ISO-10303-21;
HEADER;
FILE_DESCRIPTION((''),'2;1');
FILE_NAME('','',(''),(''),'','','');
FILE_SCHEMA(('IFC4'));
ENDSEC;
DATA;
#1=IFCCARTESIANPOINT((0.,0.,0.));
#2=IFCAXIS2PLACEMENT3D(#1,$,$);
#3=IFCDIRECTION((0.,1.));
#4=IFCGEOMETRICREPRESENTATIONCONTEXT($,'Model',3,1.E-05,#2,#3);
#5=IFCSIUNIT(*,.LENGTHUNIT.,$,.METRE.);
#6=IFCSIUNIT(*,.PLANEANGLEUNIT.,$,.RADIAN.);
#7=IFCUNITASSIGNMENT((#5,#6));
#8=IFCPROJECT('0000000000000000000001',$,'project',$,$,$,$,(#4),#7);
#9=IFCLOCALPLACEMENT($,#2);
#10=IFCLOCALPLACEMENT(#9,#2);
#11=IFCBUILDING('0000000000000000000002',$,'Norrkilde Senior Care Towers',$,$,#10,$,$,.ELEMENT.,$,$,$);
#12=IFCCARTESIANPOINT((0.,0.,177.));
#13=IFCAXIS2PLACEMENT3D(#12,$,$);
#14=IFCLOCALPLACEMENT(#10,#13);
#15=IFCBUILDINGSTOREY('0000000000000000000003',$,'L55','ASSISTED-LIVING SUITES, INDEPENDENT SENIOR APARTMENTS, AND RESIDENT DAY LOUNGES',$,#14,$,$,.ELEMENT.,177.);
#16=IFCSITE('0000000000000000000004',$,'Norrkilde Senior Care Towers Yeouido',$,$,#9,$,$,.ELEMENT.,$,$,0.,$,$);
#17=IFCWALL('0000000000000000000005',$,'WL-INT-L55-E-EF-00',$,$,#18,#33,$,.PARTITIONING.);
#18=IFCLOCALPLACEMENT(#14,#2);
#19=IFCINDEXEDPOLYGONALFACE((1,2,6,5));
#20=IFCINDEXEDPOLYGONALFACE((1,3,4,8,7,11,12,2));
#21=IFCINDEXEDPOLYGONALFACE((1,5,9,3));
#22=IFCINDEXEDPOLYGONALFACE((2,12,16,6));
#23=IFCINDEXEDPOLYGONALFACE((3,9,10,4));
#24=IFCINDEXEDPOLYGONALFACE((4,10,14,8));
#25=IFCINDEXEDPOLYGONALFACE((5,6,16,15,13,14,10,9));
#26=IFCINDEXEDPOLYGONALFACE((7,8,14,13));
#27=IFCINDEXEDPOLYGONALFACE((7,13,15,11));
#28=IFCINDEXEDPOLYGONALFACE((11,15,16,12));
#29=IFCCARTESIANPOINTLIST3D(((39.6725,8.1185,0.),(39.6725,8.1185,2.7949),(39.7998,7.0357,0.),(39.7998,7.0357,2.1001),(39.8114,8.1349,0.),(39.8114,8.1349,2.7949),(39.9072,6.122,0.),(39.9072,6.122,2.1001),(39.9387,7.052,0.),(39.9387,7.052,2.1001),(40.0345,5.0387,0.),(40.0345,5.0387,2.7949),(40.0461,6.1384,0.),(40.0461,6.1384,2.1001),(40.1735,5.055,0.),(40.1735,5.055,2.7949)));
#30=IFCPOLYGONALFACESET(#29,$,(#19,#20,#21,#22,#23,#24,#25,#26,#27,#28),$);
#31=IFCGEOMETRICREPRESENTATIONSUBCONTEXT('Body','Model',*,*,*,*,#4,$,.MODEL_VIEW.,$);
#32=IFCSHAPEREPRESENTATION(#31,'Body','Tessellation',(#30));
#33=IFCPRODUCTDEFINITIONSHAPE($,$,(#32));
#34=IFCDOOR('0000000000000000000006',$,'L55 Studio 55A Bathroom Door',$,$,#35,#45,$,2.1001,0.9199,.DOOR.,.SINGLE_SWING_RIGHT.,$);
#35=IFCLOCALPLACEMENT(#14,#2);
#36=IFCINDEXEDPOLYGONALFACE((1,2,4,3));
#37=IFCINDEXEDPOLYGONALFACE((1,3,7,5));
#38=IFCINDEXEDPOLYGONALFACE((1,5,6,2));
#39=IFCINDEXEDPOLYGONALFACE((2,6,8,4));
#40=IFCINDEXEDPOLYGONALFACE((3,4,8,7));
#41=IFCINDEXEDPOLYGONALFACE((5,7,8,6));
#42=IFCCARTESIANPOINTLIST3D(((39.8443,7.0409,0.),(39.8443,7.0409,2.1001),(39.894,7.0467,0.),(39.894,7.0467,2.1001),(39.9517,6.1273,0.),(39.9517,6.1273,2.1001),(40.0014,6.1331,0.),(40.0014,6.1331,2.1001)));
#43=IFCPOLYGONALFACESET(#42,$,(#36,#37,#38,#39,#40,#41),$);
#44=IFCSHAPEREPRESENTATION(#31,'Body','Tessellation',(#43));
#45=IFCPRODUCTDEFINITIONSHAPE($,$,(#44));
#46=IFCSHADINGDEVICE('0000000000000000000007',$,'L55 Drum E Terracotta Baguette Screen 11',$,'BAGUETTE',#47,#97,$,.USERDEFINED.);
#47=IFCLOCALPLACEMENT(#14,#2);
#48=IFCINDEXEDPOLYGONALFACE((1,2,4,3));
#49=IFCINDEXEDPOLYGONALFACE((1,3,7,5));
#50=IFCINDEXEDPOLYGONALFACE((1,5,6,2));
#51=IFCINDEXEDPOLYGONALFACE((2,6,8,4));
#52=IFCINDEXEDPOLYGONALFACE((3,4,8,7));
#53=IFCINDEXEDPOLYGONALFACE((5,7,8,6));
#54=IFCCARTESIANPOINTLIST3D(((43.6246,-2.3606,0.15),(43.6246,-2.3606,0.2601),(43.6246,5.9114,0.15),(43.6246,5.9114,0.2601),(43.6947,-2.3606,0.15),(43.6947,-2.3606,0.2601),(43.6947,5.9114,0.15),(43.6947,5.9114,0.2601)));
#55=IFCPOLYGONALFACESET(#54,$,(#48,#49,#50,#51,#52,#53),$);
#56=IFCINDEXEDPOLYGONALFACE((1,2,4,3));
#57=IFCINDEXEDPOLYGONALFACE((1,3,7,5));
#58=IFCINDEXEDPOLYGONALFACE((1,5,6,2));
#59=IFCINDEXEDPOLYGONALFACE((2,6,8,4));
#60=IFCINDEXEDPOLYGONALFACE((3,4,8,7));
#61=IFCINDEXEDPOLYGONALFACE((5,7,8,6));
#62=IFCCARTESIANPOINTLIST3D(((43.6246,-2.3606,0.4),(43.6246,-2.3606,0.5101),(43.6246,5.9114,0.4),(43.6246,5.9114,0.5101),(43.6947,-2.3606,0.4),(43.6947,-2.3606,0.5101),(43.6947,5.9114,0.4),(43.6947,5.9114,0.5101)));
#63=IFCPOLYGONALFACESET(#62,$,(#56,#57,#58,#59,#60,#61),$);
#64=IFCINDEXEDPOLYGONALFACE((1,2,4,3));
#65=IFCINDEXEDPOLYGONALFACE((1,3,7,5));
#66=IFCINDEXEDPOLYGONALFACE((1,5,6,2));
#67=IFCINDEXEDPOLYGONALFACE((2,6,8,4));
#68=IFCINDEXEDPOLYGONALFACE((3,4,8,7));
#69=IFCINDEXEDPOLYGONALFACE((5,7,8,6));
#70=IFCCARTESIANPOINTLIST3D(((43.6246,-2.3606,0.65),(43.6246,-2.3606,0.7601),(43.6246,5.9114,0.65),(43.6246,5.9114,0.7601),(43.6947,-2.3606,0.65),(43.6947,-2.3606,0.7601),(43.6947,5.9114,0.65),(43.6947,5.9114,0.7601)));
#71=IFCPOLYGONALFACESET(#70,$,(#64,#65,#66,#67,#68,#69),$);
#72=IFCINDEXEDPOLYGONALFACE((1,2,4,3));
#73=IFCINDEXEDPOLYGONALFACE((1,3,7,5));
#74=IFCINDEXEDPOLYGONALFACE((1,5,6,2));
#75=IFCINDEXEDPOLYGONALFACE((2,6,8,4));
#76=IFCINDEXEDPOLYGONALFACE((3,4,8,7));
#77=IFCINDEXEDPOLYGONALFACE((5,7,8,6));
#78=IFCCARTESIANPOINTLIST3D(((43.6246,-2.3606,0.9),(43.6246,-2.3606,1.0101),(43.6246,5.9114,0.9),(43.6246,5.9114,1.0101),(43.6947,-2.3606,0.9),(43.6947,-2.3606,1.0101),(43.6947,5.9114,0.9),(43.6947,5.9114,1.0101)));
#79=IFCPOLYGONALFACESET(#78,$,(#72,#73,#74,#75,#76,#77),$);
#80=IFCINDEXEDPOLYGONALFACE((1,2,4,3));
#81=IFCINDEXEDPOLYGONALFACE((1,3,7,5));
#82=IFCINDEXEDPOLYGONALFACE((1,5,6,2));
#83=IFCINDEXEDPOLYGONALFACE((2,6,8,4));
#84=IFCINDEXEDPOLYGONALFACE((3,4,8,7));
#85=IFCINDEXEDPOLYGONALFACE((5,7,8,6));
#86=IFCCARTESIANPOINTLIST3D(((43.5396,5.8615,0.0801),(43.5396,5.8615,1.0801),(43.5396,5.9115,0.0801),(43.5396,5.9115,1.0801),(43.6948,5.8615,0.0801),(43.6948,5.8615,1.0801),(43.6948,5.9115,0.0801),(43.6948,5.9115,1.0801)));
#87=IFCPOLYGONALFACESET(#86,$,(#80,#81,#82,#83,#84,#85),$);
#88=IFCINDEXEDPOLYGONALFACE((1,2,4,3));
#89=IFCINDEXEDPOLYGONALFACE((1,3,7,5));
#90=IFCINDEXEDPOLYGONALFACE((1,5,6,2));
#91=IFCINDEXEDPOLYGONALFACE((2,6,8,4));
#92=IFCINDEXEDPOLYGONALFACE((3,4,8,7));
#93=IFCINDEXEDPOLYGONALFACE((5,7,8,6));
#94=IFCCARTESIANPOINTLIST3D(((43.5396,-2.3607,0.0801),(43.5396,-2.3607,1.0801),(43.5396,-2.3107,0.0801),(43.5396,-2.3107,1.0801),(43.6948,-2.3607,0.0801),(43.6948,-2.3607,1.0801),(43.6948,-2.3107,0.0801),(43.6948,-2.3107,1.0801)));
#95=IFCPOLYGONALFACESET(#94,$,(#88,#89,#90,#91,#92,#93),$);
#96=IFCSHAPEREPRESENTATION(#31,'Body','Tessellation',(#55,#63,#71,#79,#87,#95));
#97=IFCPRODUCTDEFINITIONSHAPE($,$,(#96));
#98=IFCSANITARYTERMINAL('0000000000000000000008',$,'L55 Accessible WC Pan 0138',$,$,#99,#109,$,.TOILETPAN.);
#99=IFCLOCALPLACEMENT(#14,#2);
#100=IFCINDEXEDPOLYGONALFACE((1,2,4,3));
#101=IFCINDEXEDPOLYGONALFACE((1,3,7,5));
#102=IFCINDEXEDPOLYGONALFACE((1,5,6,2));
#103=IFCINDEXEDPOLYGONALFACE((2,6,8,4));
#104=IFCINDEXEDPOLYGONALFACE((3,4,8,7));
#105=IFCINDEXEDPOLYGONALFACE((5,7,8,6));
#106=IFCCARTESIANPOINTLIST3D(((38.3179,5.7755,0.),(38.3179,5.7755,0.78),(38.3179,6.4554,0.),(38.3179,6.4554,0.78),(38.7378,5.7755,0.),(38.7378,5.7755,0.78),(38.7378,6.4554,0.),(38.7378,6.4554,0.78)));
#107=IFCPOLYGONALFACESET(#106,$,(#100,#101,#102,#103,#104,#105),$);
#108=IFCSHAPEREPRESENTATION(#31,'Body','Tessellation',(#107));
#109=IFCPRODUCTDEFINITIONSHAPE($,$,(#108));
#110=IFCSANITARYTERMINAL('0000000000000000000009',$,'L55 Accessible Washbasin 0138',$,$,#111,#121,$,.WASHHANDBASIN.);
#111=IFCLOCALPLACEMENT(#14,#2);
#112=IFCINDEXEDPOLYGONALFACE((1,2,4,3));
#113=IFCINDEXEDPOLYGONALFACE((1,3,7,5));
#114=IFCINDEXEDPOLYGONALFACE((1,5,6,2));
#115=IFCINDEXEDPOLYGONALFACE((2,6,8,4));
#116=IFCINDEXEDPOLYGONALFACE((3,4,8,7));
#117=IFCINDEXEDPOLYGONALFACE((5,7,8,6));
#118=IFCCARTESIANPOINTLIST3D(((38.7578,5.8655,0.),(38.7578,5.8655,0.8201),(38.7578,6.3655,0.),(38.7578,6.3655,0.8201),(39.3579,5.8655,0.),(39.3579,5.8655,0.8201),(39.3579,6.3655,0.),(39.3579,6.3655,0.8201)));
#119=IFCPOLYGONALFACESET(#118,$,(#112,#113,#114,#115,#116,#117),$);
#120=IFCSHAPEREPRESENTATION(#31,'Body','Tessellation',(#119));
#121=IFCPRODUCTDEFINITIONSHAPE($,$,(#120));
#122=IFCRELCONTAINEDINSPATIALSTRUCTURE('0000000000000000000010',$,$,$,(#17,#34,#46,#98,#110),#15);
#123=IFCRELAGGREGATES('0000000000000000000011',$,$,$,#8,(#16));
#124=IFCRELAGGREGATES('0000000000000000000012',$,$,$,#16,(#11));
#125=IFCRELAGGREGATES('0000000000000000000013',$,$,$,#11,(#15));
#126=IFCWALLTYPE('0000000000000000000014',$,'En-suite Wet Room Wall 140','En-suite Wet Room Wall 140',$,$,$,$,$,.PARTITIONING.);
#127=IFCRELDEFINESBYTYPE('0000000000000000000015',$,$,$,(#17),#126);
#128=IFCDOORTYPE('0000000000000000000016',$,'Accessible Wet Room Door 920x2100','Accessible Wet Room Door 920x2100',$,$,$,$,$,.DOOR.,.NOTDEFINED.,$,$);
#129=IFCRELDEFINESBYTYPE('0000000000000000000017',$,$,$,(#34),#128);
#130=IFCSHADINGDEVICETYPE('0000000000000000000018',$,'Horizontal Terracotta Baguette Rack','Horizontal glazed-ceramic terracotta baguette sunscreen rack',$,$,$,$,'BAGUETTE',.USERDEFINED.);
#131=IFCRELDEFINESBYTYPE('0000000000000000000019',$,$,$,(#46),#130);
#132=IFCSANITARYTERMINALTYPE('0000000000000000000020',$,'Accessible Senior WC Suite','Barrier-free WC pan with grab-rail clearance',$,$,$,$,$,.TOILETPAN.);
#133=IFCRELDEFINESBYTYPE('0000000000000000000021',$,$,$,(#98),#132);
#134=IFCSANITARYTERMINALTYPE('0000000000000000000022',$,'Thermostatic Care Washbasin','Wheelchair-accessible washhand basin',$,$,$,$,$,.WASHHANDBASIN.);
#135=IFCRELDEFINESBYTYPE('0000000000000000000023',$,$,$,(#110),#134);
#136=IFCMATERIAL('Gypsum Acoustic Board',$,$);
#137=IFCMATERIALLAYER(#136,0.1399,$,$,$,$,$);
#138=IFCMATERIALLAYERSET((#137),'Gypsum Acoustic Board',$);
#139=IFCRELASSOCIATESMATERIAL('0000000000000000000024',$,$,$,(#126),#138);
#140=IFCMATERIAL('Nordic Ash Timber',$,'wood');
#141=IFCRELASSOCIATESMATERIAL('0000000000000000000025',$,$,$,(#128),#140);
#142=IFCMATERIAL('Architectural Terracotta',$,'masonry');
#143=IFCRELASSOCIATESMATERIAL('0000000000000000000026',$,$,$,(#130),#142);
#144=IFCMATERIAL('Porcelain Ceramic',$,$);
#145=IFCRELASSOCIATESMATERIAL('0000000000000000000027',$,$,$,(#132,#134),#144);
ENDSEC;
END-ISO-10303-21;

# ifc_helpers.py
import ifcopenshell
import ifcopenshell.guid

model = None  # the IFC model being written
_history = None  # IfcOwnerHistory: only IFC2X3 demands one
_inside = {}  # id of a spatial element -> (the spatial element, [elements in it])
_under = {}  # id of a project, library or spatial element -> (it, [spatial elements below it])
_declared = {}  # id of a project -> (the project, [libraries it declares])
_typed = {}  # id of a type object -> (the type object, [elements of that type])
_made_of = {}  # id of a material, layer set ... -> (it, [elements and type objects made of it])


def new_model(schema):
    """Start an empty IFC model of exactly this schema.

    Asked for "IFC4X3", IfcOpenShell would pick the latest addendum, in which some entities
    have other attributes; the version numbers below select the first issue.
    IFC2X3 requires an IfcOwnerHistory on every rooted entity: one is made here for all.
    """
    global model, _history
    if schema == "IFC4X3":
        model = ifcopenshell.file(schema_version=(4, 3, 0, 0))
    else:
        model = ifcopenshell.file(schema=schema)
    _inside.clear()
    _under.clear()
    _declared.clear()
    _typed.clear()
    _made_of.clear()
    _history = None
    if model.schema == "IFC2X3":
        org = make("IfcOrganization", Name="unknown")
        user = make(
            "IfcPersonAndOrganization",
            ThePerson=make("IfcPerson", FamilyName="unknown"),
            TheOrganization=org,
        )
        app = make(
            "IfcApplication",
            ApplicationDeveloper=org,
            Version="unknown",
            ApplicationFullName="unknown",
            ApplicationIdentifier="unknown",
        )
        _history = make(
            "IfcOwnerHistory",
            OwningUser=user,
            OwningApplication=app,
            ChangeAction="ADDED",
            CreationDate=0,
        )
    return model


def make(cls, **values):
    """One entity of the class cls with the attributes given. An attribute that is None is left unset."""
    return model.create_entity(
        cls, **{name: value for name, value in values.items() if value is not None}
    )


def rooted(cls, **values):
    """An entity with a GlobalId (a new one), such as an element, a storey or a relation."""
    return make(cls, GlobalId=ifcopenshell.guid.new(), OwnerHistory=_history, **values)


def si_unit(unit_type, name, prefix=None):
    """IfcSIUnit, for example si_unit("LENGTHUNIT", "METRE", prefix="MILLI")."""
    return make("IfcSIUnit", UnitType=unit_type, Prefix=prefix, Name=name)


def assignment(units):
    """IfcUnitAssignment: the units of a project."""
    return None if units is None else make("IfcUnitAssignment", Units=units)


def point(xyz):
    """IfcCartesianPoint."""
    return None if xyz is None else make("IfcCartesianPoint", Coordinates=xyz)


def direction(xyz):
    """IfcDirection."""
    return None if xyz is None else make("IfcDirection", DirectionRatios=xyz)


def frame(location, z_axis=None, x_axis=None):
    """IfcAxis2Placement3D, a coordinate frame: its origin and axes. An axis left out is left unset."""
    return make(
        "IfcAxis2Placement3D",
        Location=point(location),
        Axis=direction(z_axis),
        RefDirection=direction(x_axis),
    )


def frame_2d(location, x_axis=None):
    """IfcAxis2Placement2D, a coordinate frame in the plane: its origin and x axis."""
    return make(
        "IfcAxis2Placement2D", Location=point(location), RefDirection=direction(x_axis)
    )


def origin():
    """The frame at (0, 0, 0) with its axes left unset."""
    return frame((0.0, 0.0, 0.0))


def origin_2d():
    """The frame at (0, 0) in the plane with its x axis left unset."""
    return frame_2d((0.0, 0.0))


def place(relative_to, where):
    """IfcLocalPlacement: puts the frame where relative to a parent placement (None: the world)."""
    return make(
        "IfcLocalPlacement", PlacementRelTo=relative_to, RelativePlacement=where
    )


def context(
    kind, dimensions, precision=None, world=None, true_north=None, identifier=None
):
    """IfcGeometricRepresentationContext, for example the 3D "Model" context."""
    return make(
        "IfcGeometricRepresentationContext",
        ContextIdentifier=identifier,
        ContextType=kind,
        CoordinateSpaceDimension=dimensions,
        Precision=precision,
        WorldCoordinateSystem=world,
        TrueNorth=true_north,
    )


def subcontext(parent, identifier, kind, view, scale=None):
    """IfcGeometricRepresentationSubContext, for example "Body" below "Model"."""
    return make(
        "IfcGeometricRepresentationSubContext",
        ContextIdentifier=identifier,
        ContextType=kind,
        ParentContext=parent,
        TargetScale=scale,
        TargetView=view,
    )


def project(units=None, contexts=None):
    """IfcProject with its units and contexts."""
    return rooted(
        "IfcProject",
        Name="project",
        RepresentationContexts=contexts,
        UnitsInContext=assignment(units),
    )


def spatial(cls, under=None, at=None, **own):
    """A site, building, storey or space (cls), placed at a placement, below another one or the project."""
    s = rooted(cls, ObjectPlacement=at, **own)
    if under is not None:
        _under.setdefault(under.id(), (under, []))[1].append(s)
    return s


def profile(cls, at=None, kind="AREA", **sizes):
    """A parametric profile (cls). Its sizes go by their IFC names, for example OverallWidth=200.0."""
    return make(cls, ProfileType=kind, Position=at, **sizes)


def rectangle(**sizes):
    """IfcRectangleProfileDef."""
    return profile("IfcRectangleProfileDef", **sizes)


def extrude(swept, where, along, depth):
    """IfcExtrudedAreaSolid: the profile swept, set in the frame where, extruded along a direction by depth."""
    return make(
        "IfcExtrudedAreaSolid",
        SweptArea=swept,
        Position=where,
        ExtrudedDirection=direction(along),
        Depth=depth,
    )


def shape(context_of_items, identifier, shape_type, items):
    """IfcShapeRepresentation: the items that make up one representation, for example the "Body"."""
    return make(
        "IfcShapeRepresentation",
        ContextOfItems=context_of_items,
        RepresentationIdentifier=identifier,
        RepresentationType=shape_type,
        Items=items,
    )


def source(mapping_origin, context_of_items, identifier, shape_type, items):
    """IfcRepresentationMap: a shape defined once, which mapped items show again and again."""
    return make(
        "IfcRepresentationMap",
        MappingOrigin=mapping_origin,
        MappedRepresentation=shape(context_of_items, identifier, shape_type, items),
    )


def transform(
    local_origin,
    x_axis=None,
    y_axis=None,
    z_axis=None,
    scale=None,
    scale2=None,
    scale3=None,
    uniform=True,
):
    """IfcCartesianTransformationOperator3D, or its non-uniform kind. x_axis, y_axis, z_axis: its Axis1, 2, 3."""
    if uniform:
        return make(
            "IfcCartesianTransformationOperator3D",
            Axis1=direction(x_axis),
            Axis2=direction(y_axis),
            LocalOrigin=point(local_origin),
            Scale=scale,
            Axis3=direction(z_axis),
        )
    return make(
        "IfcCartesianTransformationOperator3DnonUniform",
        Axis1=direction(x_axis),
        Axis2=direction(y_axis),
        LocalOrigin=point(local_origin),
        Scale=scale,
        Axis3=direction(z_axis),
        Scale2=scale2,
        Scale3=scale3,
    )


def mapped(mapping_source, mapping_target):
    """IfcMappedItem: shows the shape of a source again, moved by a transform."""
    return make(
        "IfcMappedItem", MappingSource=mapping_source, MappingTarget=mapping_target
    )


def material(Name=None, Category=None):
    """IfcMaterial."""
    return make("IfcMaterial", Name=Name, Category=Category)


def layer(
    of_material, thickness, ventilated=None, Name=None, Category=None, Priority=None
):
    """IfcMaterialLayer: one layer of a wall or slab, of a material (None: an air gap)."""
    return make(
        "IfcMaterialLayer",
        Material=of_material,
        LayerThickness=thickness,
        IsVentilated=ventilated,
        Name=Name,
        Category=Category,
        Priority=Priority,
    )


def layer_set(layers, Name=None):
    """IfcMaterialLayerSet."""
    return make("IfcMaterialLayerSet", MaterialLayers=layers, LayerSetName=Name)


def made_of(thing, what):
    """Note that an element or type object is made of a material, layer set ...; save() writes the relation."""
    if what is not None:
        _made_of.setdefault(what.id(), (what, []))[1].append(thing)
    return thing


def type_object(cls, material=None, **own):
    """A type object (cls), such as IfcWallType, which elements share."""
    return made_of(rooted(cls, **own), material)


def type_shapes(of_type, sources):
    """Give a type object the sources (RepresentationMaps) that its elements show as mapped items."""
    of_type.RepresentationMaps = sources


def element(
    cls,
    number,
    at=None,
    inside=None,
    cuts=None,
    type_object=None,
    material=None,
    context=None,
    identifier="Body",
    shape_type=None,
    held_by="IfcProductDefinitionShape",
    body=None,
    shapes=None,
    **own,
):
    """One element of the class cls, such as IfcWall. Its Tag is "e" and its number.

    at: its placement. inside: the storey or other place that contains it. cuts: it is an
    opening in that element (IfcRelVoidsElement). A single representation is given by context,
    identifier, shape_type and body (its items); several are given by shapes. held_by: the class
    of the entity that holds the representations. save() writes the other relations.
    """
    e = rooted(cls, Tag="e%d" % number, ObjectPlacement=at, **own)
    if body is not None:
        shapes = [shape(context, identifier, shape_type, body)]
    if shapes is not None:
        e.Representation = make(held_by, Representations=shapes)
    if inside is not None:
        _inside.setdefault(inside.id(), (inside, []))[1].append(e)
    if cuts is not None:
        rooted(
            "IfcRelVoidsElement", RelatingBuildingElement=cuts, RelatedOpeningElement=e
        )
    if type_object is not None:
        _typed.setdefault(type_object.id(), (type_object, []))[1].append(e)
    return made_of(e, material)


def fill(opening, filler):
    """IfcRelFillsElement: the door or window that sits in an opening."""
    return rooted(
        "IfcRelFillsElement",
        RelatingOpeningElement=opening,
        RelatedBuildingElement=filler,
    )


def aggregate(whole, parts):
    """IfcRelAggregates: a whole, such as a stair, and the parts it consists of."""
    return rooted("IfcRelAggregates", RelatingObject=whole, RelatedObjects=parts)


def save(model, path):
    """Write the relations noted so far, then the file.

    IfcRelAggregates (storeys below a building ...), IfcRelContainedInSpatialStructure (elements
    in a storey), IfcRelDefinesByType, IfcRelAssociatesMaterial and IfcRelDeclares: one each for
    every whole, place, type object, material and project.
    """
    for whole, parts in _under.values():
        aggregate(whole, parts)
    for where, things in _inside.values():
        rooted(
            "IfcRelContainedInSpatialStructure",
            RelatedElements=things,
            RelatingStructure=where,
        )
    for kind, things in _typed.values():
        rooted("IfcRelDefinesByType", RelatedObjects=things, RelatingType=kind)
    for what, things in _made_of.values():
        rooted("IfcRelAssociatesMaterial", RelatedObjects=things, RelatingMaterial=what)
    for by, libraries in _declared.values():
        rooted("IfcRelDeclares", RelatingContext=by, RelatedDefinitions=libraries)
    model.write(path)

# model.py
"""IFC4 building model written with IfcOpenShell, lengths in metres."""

from ifc_helpers import new_model, si_unit, direction, frame, frame_2d, origin, origin_2d, place, context, subcontext, project, spatial, rectangle, extrude, source, transform, mapped, material, layer, layer_set, type_object, type_shapes, element, fill, save


model = new_model("IFC4")

# Units and contexts
model_context = context("Model", 3, precision=1e-05, world=origin(), true_north=direction((0.0, 1.0)))
body_context = subcontext(model_context, "Body", "Model", "MODEL_VIEW")
ifc_project = project(units=[si_unit("LENGTHUNIT", "METRE"), si_unit("PLANEANGLEUNIT", "RADIAN")], contexts=[model_context])

# Site, building, storey
site_placement = place(None, origin())
site = spatial("IfcSite", under=ifc_project, at=site_placement, Name="Norrkilde Senior Care Towers Yeouido", CompositionType="ELEMENT", RefElevation=0.0)
building_placement = place(site_placement, origin())
building = spatial("IfcBuilding", under=site, at=building_placement, Name="Norrkilde Senior Care Towers", CompositionType="ELEMENT")
storey_placement = place(building_placement, frame((0.0, 0.0, 177.0)))
storey = spatial("IfcBuildingStorey", under=building, at=storey_placement, Name="L55", Description="ASSISTED-LIVING SUITES, INDEPENDENT SENIOR APARTMENTS, AND RESIDENT DAY LOUNGES", CompositionType="ELEMENT", Elevation=177.0)

# Shared definitions
ifc_material_1 = material(Name="Gypsum Acoustic Board")
ifc_layer_1 = layer(ifc_material_1, 0.1399)
ifc_layer_set_1 = layer_set([ifc_layer_1], Name="Gypsum Acoustic Board")
wall_type_1 = type_object("IfcWallType", Name="En-suite Wet Room Wall 140", Description="En-suite Wet Room Wall 140", PredefinedType="PARTITIONING", material=ifc_layer_set_1)

# Wall, opening, door
shared_shape_1 = source(origin(), body_context, "Body", "SweptSolid", [
    extrude(rectangle(XDim=3.1011, YDim=0.1399, at=frame_2d((1.5505, 0.0))), origin(), (0.0, 0.0, 1.0), 2.7949),
])
wall_1_placement = place(storey_placement, frame((39.7419, 8.1267, 0.0), z_axis=(0.0, 0.0, 1.0), x_axis=(0.116754, -0.993161, 0.0)))
wall_1 = element("IfcWall", 1, at=wall_1_placement, inside=storey, type_object=wall_type_1, Name="WL-INT-L55-E-EF-00", PredefinedType="PARTITIONING", context=body_context, shape_type="MappedRepresentation", body=[
    mapped(shared_shape_1, transform((0.0, 0.0, 0.0), x_axis=(1.0, 0.0, 0.0), y_axis=(0.0, 1.0, 0.0), z_axis=(0.0, 0.0, 1.0), scale=1.0)),
])
opening_1_placement = place(wall_1_placement, frame((1.0903, 0.0, 0.0)))
opening_1 = element("IfcOpeningElement", 2, at=opening_1_placement, cuts=wall_1, PredefinedType="OPENING", context=body_context, shape_type="SweptSolid", body=[
    extrude(rectangle(XDim=0.9199, YDim=2.1001, at=frame_2d((0.46, 1.05))), frame((0.0, 0.0798, 0.0), z_axis=(0.0, -1.0, 0.0), x_axis=(1.0, 0.0, 0.0)), (0.0, 0.0, 1.0), 0.1599),
])
ifc_material_2 = material(Name="Nordic Ash Timber", Category="wood")
door_type_1 = type_object("IfcDoorType", Name="Accessible Wet Room Door 920x2100", Description="Accessible Wet Room Door 920x2100", OperationType="NOTDEFINED", PredefinedType="DOOR", material=ifc_material_2)
shared_shape_2 = source(origin(), body_context, "Body", "SweptSolid", [
    extrude(rectangle(XDim=0.9199, YDim=2.1001, at=frame_2d((0.46, 1.05))), frame((0.0, 0.0249, 0.0), z_axis=(0.0, -1.0, 0.0), x_axis=(1.0, 0.0, 0.0)), (0.0, 0.0, 1.0), 0.05),
])
type_shapes(door_type_1, [shared_shape_2])
door_1_placement = place(opening_1_placement, origin())
door_1 = element("IfcDoor", 3, at=door_1_placement, inside=storey, type_object=door_type_1, Name="L55 Studio 55A Bathroom Door", OperationType="SINGLE_SWING_RIGHT", OverallHeight=2.1001, OverallWidth=0.9199, PredefinedType="DOOR", context=body_context, shape_type="MappedRepresentation", body=[
    mapped(shared_shape_2, transform((0.0, 0.0, 0.0), x_axis=(1.0, 0.0, 0.0), y_axis=(0.0, 1.0, 0.0), z_axis=(0.0, 0.0, 1.0), scale=1.0)),
])
fill(opening_1, door_1)

# Shading device
ifc_material_3 = material(Name="Architectural Terracotta", Category="masonry")
shading_device_type = type_object("IfcShadingDeviceType", Name="Horizontal Terracotta Baguette Rack", Description="Horizontal glazed-ceramic terracotta baguette sunscreen rack", ElementType="BAGUETTE", PredefinedType="USERDEFINED", material=ifc_material_3)
shared_shape_3 = source(origin(), body_context, "Body", "SweptSolid", [
    extrude(rectangle(XDim=0.0701, YDim=0.1101, at=origin_2d()), frame((0.0, 0.0901, 0.125), z_axis=(1.0, 0.0, 0.0), x_axis=(0.0, 1.0, 0.0)), (0.0, 0.0, 1.0), 8.272),
    extrude(rectangle(XDim=0.0701, YDim=0.1101, at=origin_2d()), frame((0.0, 0.0901, 0.375), z_axis=(1.0, 0.0, 0.0), x_axis=(0.0, 1.0, 0.0)), (0.0, 0.0, 1.0), 8.272),
    extrude(rectangle(XDim=0.0701, YDim=0.1101, at=origin_2d()), frame((0.0, 0.0901, 0.625), z_axis=(1.0, 0.0, 0.0), x_axis=(0.0, 1.0, 0.0)), (0.0, 0.0, 1.0), 8.272),
    extrude(rectangle(XDim=0.0701, YDim=0.1101, at=origin_2d()), frame((0.0, 0.0901, 0.875), z_axis=(1.0, 0.0, 0.0), x_axis=(0.0, 1.0, 0.0)), (0.0, 0.0, 1.0), 8.272),
    extrude(rectangle(XDim=0.05, YDim=0.1553, at=origin_2d()), frame((0.0249, 0.0476, 0.0)), (0.0, 0.0, 1.0), 1.0),
    extrude(rectangle(XDim=0.05, YDim=0.1553, at=origin_2d()), frame((8.2471, 0.0476, 0.0)), (0.0, 0.0, 1.0), 1.0),
])
type_shapes(shading_device_type, [shared_shape_3])
shading_device_placement = place(storey_placement, frame((43.5696, 5.9114, 0.0801), z_axis=(0.0, 0.0, 1.0), x_axis=(0.0, -1.0, 0.0)))
element("IfcShadingDevice", 4, at=shading_device_placement, inside=storey, type_object=shading_device_type, Name="L55 Drum E Terracotta Baguette Screen 11", ObjectType="BAGUETTE", PredefinedType="USERDEFINED", context=body_context, shape_type="MappedRepresentation", body=[
    mapped(shared_shape_3, transform((0.0, 0.0, 0.0), x_axis=(1.0, 0.0, 0.0), y_axis=(0.0, 1.0, 0.0), z_axis=(0.0, 0.0, 1.0), scale=1.0)),
])

# Sanitary terminals
ifc_material_4 = material(Name="Porcelain Ceramic")
sanitary_terminal_type_1 = type_object("IfcSanitaryTerminalType", Name="Accessible Senior WC Suite", Description="Barrier-free WC pan with grab-rail clearance", PredefinedType="TOILETPAN", material=ifc_material_4)
shared_shape_4 = source(origin(), body_context, "Body", "SweptSolid", [
    extrude(rectangle(XDim=0.4199, YDim=0.6799, at=origin_2d()), origin(), (0.0, 0.0, 1.0), 0.78),
])
type_shapes(sanitary_terminal_type_1, [shared_shape_4])
sanitary_terminal_1_placement = place(storey_placement, frame((38.5278, 6.1155, 0.0), z_axis=(0.0, 0.0, 1.0), x_axis=(1.0, 0.0, 0.0)))
element("IfcSanitaryTerminal", 5, at=sanitary_terminal_1_placement, inside=storey, type_object=sanitary_terminal_type_1, Name="L55 Accessible WC Pan 0138", PredefinedType="TOILETPAN", context=body_context, shape_type="MappedRepresentation", body=[
    mapped(shared_shape_4, transform((0.0, 0.0, 0.0), x_axis=(1.0, 0.0, 0.0), y_axis=(0.0, 1.0, 0.0), z_axis=(0.0, 0.0, 1.0), scale=1.0)),
])
sanitary_terminal_type_2 = type_object("IfcSanitaryTerminalType", Name="Thermostatic Care Washbasin", Description="Wheelchair-accessible washhand basin", PredefinedType="WASHHANDBASIN", material=ifc_material_4)
shared_shape_5 = source(origin(), body_context, "Body", "SweptSolid", [
    extrude(rectangle(XDim=0.6001, YDim=0.5, at=origin_2d()), origin(), (0.0, 0.0, 1.0), 0.8201),
])
type_shapes(sanitary_terminal_type_2, [shared_shape_5])
sanitary_terminal_2_placement = place(storey_placement, frame((39.0579, 6.1155, 0.0), z_axis=(0.0, 0.0, 1.0), x_axis=(1.0, 0.0, 0.0)))
element("IfcSanitaryTerminal", 6, at=sanitary_terminal_2_placement, inside=storey, type_object=sanitary_terminal_type_2, Name="L55 Accessible Washbasin 0138", PredefinedType="WASHHANDBASIN", context=body_context, shape_type="MappedRepresentation", body=[
    mapped(shared_shape_5, transform((0.0, 0.0, 0.0), x_axis=(1.0, 0.0, 0.0), y_axis=(0.0, 1.0, 0.0), z_axis=(0.0, 0.0, 1.0), scale=1.0)),
])

save(model, "model.ifc")
